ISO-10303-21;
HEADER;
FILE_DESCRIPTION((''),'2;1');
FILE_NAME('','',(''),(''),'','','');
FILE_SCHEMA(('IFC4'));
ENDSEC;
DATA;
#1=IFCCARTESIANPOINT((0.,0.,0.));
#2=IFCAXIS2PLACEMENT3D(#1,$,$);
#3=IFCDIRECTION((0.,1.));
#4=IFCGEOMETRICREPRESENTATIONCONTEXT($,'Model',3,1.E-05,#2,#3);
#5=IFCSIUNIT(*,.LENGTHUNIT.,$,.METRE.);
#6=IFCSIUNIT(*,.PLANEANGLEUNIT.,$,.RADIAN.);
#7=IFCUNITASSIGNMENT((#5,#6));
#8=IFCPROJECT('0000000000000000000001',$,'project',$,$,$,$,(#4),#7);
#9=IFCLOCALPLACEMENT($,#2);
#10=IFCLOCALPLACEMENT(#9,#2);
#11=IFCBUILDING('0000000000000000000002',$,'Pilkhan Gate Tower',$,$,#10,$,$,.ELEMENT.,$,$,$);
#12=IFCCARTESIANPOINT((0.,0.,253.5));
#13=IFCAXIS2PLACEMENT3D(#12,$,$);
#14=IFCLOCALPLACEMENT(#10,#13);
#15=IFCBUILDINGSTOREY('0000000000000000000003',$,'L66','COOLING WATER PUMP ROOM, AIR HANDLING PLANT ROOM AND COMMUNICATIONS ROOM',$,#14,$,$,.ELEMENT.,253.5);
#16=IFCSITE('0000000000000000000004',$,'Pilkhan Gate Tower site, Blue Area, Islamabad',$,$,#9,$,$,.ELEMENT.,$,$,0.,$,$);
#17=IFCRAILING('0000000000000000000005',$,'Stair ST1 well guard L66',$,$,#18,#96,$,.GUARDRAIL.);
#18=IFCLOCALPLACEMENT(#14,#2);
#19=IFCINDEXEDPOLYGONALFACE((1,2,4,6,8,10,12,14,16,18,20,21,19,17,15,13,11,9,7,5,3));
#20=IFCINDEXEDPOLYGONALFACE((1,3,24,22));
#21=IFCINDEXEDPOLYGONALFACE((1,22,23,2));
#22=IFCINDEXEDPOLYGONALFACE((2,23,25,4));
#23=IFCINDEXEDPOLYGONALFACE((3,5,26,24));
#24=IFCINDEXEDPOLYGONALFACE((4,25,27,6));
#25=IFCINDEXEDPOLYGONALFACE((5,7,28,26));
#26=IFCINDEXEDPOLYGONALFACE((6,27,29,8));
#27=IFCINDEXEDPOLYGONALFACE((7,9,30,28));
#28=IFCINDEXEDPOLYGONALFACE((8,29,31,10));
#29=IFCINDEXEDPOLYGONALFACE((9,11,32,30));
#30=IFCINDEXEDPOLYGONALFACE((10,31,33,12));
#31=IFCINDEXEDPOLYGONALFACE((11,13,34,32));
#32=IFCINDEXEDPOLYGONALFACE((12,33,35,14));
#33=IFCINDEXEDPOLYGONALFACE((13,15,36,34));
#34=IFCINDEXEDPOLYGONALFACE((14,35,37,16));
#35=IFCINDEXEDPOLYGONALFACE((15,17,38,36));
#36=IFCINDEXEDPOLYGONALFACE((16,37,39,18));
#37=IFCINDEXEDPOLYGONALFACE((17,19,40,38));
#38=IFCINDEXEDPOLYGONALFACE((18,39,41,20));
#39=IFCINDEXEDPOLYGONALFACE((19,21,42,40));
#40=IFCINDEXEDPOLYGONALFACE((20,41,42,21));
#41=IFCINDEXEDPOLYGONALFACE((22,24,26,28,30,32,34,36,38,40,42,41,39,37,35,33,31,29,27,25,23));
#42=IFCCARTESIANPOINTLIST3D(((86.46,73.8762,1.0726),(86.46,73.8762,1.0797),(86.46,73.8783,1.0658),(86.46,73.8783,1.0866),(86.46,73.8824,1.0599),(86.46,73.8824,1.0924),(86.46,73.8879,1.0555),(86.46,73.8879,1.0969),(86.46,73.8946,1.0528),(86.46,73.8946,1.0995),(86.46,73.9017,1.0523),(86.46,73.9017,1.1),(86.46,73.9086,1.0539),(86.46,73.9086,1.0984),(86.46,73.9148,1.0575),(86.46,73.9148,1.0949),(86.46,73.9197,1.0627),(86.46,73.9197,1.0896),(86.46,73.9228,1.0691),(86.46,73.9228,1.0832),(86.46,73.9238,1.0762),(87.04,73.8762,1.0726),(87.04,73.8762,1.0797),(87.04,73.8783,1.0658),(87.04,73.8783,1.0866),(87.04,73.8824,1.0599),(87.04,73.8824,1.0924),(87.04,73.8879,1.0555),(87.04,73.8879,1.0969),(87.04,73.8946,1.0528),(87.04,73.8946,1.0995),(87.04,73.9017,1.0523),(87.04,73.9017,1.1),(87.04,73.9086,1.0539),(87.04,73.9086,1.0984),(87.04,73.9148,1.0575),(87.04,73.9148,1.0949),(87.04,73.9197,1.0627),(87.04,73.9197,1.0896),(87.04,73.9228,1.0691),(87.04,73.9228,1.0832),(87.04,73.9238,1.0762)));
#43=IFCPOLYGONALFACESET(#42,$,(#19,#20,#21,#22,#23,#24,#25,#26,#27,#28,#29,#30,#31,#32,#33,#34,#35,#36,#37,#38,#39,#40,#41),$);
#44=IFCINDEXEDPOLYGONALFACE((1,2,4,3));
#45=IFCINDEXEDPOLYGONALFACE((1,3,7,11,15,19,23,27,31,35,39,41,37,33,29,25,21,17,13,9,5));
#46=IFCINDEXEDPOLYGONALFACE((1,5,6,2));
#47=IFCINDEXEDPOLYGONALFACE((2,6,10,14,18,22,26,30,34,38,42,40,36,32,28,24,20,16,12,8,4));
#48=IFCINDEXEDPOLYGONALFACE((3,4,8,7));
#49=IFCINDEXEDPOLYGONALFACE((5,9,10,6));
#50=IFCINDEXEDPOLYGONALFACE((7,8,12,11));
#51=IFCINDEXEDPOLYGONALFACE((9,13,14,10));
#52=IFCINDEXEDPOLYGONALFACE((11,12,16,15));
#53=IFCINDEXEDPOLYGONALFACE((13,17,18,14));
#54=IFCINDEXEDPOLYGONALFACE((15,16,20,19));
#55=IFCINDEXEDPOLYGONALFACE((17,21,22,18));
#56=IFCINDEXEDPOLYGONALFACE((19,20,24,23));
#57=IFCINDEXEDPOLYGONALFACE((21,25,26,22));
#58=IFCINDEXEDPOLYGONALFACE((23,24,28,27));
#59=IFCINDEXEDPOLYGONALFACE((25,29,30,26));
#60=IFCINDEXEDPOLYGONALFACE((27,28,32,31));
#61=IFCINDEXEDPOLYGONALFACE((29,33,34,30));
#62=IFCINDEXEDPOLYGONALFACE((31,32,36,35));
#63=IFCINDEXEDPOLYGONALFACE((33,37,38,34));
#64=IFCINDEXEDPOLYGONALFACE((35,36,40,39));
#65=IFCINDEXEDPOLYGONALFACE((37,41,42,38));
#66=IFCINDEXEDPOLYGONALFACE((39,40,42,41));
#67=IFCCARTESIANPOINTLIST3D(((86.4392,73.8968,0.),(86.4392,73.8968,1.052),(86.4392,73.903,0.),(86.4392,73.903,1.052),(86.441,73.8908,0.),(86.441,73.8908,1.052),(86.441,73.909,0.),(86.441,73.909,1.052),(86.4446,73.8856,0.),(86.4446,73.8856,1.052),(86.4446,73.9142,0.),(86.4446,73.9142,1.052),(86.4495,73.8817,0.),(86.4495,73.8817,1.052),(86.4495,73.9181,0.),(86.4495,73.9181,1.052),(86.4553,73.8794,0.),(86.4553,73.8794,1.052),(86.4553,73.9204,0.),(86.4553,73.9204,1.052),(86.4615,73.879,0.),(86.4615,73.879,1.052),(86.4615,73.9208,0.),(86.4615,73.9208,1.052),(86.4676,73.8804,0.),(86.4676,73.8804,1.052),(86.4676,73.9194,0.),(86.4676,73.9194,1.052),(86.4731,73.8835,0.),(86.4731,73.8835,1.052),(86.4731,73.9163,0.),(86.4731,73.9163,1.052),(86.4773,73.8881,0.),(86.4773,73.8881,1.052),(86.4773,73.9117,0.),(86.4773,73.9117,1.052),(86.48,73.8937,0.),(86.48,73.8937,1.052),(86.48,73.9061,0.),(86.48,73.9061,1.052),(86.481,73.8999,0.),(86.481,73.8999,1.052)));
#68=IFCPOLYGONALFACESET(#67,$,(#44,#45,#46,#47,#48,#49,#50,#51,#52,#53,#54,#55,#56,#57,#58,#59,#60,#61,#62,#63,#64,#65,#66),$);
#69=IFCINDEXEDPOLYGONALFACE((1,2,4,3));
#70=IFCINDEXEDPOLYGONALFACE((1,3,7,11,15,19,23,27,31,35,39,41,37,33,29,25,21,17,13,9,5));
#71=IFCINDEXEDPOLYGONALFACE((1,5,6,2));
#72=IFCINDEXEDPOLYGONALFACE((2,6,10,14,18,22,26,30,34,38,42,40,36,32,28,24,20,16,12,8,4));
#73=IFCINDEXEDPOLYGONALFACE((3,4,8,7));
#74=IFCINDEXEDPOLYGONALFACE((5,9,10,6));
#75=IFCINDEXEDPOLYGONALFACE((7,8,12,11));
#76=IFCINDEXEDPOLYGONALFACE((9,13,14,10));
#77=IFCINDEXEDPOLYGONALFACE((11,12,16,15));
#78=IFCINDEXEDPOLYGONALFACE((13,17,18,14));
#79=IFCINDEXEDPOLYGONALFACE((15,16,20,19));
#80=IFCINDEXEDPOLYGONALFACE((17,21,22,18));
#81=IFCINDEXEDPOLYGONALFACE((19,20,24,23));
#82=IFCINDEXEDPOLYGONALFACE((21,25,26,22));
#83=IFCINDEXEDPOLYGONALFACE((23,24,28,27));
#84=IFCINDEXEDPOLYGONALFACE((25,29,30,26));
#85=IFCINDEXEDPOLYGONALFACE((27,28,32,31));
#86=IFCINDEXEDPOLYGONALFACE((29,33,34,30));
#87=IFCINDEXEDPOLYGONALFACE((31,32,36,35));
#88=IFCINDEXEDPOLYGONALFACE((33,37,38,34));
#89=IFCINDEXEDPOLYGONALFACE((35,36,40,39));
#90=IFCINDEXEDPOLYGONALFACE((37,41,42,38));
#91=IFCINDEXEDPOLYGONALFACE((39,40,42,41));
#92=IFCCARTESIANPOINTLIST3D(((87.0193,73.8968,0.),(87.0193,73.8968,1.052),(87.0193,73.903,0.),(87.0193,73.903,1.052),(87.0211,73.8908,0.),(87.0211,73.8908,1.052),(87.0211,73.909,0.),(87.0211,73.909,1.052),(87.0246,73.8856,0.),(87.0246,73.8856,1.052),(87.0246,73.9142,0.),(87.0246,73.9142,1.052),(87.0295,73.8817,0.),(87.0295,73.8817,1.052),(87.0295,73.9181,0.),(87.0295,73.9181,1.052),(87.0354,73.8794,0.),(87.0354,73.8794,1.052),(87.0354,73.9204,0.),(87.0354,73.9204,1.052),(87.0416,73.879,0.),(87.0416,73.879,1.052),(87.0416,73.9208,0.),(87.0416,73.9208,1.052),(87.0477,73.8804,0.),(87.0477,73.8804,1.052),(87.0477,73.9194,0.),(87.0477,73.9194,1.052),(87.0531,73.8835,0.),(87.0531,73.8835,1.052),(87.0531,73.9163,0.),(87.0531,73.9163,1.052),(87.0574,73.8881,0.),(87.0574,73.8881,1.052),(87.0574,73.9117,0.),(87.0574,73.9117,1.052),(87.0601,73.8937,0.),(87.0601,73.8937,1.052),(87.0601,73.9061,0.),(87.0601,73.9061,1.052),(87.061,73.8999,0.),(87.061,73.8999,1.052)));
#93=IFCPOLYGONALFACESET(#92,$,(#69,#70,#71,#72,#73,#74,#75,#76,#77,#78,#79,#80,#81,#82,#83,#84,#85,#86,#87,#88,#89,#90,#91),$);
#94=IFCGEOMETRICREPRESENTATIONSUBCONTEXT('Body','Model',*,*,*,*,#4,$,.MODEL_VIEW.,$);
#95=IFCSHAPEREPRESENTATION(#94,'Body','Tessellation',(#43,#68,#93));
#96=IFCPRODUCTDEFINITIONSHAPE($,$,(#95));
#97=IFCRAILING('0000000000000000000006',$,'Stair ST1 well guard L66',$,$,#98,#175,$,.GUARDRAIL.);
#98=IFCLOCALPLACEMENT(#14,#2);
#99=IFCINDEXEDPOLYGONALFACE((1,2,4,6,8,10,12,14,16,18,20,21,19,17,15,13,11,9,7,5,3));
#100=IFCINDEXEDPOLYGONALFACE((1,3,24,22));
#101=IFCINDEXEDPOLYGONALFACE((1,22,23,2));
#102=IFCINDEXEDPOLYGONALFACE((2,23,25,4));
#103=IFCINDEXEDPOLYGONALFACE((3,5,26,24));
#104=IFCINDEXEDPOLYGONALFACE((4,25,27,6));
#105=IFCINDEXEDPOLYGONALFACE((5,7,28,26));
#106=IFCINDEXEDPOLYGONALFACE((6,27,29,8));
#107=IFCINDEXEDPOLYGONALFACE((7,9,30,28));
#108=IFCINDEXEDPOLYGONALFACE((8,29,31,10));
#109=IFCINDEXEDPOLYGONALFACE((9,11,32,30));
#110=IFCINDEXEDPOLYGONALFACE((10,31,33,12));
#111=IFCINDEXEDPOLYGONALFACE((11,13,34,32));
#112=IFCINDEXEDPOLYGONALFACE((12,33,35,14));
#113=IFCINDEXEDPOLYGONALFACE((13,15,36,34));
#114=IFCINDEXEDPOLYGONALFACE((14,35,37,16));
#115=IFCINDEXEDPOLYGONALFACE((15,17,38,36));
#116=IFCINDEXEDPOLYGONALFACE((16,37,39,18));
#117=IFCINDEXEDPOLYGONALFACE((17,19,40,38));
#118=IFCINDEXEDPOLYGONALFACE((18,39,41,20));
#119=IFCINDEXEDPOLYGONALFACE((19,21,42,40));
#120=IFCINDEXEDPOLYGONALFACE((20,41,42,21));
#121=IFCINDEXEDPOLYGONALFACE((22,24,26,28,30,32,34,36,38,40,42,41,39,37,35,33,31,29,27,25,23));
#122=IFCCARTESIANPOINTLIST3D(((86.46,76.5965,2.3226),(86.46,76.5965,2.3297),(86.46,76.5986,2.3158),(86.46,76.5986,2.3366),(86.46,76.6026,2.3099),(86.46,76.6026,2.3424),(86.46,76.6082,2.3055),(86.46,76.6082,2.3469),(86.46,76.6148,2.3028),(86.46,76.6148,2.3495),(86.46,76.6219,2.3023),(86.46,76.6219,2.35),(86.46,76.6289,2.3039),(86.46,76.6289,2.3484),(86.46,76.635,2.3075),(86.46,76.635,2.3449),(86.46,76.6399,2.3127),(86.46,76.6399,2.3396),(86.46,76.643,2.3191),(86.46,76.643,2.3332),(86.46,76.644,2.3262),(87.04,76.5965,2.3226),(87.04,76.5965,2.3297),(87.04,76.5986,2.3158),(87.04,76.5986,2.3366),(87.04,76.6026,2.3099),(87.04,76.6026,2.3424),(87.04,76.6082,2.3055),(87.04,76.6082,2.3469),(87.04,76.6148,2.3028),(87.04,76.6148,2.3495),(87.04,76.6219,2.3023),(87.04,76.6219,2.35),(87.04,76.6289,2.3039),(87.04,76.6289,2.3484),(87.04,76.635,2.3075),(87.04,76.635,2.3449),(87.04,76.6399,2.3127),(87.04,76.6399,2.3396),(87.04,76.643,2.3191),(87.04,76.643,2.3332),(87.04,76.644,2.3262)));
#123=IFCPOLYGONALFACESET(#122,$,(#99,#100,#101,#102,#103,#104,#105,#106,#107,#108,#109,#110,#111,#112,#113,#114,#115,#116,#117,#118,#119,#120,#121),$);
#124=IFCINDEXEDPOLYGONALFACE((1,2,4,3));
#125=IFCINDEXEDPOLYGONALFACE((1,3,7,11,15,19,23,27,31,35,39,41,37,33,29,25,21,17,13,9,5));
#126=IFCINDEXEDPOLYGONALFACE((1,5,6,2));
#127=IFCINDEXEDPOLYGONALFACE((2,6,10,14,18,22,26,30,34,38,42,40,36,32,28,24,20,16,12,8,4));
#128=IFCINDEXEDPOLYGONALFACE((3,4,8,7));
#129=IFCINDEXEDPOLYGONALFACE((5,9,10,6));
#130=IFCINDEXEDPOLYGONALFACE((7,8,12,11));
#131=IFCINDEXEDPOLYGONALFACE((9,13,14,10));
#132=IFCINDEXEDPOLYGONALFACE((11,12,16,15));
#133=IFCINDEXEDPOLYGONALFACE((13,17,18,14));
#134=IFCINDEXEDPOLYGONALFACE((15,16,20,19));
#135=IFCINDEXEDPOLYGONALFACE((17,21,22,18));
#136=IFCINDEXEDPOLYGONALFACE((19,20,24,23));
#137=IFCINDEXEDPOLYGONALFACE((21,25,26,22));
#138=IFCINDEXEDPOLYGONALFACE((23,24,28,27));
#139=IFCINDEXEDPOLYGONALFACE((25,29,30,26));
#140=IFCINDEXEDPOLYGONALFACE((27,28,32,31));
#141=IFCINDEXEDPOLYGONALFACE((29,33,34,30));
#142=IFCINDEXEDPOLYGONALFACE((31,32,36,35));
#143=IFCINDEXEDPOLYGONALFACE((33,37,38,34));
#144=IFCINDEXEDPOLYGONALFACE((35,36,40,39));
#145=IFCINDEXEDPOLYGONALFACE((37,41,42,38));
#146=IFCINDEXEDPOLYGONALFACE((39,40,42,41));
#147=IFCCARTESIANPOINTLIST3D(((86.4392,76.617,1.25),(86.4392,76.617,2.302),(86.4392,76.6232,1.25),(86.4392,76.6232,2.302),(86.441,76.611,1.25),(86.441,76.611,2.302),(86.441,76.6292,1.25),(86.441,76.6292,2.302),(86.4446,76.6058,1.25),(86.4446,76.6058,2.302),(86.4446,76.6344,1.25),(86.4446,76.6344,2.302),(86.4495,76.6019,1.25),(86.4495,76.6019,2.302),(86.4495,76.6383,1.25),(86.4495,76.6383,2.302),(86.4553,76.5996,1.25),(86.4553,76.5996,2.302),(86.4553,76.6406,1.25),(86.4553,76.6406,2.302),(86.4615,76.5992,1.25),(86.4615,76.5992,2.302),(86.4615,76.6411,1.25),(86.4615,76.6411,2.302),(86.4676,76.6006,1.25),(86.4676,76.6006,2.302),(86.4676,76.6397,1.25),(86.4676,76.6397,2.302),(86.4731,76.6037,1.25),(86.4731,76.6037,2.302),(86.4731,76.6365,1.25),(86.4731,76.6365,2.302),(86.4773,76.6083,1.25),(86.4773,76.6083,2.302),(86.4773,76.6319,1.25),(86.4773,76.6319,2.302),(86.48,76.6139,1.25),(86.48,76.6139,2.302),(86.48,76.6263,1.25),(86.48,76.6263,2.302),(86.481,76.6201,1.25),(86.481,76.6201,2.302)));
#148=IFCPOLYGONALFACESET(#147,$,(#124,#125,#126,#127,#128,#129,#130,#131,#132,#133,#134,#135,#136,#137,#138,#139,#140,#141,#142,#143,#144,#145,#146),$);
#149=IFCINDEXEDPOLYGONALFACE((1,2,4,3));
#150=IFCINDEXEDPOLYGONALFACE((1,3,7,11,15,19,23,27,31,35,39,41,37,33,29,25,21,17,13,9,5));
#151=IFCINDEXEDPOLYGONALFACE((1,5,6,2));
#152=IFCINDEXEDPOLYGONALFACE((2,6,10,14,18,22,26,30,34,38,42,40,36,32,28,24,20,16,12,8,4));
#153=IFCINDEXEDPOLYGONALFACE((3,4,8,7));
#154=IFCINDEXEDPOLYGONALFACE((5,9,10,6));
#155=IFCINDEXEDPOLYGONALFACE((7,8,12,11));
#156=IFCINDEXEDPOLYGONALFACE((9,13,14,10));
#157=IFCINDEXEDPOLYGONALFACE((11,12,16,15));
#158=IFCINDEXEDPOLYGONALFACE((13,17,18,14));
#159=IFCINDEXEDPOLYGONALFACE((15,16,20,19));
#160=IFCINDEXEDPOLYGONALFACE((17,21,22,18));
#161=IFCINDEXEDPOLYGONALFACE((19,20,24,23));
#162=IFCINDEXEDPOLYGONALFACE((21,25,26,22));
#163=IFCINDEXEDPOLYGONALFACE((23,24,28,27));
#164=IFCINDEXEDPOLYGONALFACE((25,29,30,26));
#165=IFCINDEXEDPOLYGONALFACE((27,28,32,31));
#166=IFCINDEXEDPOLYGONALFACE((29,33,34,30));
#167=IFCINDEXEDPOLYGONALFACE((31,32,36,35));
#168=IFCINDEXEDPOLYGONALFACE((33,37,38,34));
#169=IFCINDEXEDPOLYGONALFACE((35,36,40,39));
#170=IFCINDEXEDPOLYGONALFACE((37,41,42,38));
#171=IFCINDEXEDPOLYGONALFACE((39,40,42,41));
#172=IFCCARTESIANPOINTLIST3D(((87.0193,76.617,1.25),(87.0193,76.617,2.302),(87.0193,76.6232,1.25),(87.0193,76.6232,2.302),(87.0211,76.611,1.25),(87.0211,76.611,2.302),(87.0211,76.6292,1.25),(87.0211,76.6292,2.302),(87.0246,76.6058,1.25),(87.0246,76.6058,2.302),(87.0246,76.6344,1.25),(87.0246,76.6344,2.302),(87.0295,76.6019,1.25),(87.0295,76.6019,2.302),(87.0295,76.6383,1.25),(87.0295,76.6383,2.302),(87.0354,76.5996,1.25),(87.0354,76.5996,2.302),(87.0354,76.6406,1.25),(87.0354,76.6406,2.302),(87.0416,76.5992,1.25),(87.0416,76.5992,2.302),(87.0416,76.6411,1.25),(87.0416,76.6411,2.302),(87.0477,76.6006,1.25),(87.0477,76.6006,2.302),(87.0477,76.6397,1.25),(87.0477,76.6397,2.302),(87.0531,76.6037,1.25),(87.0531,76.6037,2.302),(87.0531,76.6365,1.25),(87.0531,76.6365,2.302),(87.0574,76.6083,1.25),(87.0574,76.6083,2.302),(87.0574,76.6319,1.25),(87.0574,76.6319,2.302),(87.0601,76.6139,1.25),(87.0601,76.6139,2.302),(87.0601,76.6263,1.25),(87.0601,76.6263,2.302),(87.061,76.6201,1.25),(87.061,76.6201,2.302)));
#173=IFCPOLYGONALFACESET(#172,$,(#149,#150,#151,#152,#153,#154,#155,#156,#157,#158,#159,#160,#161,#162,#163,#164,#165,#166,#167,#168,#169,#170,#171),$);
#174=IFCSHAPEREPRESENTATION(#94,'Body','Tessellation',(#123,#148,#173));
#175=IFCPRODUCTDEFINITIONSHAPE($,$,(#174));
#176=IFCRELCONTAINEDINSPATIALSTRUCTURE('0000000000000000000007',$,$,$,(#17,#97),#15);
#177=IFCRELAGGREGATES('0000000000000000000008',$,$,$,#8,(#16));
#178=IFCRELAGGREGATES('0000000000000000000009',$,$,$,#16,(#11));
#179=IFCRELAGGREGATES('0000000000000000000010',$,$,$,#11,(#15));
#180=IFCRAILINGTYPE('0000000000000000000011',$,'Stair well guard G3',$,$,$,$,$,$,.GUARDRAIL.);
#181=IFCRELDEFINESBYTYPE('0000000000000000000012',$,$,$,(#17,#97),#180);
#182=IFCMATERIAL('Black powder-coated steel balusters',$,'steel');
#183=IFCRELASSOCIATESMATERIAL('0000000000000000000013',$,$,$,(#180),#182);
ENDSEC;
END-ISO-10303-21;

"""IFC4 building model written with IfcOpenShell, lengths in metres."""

from ifc_helpers import new_model, si_unit, direction, frame, origin, origin_2d, place, context, subcontext, project, spatial, circle, extrude, material, type_object, element, save


model = new_model("IFC4")

# Units and contexts
model_context = context("Model", 3, precision=1e-05, world=origin(), true_north=direction((0.0, 1.0)))
body_context = subcontext(model_context, "Body", "Model", "MODEL_VIEW")
ifc_project = project(units=[si_unit("LENGTHUNIT", "METRE"), si_unit("PLANEANGLEUNIT", "RADIAN")], contexts=[model_context])

# Site, building, storey
site_placement = place(None, origin())
site = spatial("IfcSite", under=ifc_project, at=site_placement, Name="Pilkhan Gate Tower site, Blue Area, Islamabad", CompositionType="ELEMENT", RefElevation=0.0)
building_placement = place(site_placement, origin())
building = spatial("IfcBuilding", under=site, at=building_placement, Name="Pilkhan Gate Tower", CompositionType="ELEMENT")
storey_placement = place(building_placement, frame((0.0, 0.0, 253.5)))
storey = spatial("IfcBuildingStorey", under=building, at=storey_placement, Name="L66", Description="COOLING WATER PUMP ROOM, AIR HANDLING PLANT ROOM AND COMMUNICATIONS ROOM", CompositionType="ELEMENT", Elevation=253.5)

# Railings
ifc_material_1 = material(Name="Black powder-coated steel balusters", Category="steel")
railing_type_1 = type_object("IfcRailingType", Name="Stair well guard G3", PredefinedType="GUARDRAIL", material=ifc_material_1)
for number, where, name in (
    (1, (86.46, 73.8999, 0.0), "Stair ST1 well guard L66"),
    (2, (86.46, 76.6201, 1.25), "Stair ST1 well guard L66"),
):
    element("IfcRailing", number, at=place(storey_placement, frame(where)), inside=storey, type_object=railing_type_1, Name=name, PredefinedType="GUARDRAIL", context=body_context, shape_type="SweptSolid", body=[
        extrude(circle(Radius=0.0239, at=origin_2d()), frame((0.0, 0.0, 1.0762), z_axis=(1.0, 0.0, 0.0), x_axis=(0.0, 1.0, 0.0)), (0.0, 0.0, 1.0), 0.5801),
        extrude(circle(Radius=0.021, at=origin_2d()), origin(), (0.0, 0.0, 1.0), 1.052),
        extrude(circle(Radius=0.021, at=origin_2d()), frame((0.5801, 0.0, 0.0)), (0.0, 0.0, 1.0), 1.052),
    ])

save(model, "model.ifc")
